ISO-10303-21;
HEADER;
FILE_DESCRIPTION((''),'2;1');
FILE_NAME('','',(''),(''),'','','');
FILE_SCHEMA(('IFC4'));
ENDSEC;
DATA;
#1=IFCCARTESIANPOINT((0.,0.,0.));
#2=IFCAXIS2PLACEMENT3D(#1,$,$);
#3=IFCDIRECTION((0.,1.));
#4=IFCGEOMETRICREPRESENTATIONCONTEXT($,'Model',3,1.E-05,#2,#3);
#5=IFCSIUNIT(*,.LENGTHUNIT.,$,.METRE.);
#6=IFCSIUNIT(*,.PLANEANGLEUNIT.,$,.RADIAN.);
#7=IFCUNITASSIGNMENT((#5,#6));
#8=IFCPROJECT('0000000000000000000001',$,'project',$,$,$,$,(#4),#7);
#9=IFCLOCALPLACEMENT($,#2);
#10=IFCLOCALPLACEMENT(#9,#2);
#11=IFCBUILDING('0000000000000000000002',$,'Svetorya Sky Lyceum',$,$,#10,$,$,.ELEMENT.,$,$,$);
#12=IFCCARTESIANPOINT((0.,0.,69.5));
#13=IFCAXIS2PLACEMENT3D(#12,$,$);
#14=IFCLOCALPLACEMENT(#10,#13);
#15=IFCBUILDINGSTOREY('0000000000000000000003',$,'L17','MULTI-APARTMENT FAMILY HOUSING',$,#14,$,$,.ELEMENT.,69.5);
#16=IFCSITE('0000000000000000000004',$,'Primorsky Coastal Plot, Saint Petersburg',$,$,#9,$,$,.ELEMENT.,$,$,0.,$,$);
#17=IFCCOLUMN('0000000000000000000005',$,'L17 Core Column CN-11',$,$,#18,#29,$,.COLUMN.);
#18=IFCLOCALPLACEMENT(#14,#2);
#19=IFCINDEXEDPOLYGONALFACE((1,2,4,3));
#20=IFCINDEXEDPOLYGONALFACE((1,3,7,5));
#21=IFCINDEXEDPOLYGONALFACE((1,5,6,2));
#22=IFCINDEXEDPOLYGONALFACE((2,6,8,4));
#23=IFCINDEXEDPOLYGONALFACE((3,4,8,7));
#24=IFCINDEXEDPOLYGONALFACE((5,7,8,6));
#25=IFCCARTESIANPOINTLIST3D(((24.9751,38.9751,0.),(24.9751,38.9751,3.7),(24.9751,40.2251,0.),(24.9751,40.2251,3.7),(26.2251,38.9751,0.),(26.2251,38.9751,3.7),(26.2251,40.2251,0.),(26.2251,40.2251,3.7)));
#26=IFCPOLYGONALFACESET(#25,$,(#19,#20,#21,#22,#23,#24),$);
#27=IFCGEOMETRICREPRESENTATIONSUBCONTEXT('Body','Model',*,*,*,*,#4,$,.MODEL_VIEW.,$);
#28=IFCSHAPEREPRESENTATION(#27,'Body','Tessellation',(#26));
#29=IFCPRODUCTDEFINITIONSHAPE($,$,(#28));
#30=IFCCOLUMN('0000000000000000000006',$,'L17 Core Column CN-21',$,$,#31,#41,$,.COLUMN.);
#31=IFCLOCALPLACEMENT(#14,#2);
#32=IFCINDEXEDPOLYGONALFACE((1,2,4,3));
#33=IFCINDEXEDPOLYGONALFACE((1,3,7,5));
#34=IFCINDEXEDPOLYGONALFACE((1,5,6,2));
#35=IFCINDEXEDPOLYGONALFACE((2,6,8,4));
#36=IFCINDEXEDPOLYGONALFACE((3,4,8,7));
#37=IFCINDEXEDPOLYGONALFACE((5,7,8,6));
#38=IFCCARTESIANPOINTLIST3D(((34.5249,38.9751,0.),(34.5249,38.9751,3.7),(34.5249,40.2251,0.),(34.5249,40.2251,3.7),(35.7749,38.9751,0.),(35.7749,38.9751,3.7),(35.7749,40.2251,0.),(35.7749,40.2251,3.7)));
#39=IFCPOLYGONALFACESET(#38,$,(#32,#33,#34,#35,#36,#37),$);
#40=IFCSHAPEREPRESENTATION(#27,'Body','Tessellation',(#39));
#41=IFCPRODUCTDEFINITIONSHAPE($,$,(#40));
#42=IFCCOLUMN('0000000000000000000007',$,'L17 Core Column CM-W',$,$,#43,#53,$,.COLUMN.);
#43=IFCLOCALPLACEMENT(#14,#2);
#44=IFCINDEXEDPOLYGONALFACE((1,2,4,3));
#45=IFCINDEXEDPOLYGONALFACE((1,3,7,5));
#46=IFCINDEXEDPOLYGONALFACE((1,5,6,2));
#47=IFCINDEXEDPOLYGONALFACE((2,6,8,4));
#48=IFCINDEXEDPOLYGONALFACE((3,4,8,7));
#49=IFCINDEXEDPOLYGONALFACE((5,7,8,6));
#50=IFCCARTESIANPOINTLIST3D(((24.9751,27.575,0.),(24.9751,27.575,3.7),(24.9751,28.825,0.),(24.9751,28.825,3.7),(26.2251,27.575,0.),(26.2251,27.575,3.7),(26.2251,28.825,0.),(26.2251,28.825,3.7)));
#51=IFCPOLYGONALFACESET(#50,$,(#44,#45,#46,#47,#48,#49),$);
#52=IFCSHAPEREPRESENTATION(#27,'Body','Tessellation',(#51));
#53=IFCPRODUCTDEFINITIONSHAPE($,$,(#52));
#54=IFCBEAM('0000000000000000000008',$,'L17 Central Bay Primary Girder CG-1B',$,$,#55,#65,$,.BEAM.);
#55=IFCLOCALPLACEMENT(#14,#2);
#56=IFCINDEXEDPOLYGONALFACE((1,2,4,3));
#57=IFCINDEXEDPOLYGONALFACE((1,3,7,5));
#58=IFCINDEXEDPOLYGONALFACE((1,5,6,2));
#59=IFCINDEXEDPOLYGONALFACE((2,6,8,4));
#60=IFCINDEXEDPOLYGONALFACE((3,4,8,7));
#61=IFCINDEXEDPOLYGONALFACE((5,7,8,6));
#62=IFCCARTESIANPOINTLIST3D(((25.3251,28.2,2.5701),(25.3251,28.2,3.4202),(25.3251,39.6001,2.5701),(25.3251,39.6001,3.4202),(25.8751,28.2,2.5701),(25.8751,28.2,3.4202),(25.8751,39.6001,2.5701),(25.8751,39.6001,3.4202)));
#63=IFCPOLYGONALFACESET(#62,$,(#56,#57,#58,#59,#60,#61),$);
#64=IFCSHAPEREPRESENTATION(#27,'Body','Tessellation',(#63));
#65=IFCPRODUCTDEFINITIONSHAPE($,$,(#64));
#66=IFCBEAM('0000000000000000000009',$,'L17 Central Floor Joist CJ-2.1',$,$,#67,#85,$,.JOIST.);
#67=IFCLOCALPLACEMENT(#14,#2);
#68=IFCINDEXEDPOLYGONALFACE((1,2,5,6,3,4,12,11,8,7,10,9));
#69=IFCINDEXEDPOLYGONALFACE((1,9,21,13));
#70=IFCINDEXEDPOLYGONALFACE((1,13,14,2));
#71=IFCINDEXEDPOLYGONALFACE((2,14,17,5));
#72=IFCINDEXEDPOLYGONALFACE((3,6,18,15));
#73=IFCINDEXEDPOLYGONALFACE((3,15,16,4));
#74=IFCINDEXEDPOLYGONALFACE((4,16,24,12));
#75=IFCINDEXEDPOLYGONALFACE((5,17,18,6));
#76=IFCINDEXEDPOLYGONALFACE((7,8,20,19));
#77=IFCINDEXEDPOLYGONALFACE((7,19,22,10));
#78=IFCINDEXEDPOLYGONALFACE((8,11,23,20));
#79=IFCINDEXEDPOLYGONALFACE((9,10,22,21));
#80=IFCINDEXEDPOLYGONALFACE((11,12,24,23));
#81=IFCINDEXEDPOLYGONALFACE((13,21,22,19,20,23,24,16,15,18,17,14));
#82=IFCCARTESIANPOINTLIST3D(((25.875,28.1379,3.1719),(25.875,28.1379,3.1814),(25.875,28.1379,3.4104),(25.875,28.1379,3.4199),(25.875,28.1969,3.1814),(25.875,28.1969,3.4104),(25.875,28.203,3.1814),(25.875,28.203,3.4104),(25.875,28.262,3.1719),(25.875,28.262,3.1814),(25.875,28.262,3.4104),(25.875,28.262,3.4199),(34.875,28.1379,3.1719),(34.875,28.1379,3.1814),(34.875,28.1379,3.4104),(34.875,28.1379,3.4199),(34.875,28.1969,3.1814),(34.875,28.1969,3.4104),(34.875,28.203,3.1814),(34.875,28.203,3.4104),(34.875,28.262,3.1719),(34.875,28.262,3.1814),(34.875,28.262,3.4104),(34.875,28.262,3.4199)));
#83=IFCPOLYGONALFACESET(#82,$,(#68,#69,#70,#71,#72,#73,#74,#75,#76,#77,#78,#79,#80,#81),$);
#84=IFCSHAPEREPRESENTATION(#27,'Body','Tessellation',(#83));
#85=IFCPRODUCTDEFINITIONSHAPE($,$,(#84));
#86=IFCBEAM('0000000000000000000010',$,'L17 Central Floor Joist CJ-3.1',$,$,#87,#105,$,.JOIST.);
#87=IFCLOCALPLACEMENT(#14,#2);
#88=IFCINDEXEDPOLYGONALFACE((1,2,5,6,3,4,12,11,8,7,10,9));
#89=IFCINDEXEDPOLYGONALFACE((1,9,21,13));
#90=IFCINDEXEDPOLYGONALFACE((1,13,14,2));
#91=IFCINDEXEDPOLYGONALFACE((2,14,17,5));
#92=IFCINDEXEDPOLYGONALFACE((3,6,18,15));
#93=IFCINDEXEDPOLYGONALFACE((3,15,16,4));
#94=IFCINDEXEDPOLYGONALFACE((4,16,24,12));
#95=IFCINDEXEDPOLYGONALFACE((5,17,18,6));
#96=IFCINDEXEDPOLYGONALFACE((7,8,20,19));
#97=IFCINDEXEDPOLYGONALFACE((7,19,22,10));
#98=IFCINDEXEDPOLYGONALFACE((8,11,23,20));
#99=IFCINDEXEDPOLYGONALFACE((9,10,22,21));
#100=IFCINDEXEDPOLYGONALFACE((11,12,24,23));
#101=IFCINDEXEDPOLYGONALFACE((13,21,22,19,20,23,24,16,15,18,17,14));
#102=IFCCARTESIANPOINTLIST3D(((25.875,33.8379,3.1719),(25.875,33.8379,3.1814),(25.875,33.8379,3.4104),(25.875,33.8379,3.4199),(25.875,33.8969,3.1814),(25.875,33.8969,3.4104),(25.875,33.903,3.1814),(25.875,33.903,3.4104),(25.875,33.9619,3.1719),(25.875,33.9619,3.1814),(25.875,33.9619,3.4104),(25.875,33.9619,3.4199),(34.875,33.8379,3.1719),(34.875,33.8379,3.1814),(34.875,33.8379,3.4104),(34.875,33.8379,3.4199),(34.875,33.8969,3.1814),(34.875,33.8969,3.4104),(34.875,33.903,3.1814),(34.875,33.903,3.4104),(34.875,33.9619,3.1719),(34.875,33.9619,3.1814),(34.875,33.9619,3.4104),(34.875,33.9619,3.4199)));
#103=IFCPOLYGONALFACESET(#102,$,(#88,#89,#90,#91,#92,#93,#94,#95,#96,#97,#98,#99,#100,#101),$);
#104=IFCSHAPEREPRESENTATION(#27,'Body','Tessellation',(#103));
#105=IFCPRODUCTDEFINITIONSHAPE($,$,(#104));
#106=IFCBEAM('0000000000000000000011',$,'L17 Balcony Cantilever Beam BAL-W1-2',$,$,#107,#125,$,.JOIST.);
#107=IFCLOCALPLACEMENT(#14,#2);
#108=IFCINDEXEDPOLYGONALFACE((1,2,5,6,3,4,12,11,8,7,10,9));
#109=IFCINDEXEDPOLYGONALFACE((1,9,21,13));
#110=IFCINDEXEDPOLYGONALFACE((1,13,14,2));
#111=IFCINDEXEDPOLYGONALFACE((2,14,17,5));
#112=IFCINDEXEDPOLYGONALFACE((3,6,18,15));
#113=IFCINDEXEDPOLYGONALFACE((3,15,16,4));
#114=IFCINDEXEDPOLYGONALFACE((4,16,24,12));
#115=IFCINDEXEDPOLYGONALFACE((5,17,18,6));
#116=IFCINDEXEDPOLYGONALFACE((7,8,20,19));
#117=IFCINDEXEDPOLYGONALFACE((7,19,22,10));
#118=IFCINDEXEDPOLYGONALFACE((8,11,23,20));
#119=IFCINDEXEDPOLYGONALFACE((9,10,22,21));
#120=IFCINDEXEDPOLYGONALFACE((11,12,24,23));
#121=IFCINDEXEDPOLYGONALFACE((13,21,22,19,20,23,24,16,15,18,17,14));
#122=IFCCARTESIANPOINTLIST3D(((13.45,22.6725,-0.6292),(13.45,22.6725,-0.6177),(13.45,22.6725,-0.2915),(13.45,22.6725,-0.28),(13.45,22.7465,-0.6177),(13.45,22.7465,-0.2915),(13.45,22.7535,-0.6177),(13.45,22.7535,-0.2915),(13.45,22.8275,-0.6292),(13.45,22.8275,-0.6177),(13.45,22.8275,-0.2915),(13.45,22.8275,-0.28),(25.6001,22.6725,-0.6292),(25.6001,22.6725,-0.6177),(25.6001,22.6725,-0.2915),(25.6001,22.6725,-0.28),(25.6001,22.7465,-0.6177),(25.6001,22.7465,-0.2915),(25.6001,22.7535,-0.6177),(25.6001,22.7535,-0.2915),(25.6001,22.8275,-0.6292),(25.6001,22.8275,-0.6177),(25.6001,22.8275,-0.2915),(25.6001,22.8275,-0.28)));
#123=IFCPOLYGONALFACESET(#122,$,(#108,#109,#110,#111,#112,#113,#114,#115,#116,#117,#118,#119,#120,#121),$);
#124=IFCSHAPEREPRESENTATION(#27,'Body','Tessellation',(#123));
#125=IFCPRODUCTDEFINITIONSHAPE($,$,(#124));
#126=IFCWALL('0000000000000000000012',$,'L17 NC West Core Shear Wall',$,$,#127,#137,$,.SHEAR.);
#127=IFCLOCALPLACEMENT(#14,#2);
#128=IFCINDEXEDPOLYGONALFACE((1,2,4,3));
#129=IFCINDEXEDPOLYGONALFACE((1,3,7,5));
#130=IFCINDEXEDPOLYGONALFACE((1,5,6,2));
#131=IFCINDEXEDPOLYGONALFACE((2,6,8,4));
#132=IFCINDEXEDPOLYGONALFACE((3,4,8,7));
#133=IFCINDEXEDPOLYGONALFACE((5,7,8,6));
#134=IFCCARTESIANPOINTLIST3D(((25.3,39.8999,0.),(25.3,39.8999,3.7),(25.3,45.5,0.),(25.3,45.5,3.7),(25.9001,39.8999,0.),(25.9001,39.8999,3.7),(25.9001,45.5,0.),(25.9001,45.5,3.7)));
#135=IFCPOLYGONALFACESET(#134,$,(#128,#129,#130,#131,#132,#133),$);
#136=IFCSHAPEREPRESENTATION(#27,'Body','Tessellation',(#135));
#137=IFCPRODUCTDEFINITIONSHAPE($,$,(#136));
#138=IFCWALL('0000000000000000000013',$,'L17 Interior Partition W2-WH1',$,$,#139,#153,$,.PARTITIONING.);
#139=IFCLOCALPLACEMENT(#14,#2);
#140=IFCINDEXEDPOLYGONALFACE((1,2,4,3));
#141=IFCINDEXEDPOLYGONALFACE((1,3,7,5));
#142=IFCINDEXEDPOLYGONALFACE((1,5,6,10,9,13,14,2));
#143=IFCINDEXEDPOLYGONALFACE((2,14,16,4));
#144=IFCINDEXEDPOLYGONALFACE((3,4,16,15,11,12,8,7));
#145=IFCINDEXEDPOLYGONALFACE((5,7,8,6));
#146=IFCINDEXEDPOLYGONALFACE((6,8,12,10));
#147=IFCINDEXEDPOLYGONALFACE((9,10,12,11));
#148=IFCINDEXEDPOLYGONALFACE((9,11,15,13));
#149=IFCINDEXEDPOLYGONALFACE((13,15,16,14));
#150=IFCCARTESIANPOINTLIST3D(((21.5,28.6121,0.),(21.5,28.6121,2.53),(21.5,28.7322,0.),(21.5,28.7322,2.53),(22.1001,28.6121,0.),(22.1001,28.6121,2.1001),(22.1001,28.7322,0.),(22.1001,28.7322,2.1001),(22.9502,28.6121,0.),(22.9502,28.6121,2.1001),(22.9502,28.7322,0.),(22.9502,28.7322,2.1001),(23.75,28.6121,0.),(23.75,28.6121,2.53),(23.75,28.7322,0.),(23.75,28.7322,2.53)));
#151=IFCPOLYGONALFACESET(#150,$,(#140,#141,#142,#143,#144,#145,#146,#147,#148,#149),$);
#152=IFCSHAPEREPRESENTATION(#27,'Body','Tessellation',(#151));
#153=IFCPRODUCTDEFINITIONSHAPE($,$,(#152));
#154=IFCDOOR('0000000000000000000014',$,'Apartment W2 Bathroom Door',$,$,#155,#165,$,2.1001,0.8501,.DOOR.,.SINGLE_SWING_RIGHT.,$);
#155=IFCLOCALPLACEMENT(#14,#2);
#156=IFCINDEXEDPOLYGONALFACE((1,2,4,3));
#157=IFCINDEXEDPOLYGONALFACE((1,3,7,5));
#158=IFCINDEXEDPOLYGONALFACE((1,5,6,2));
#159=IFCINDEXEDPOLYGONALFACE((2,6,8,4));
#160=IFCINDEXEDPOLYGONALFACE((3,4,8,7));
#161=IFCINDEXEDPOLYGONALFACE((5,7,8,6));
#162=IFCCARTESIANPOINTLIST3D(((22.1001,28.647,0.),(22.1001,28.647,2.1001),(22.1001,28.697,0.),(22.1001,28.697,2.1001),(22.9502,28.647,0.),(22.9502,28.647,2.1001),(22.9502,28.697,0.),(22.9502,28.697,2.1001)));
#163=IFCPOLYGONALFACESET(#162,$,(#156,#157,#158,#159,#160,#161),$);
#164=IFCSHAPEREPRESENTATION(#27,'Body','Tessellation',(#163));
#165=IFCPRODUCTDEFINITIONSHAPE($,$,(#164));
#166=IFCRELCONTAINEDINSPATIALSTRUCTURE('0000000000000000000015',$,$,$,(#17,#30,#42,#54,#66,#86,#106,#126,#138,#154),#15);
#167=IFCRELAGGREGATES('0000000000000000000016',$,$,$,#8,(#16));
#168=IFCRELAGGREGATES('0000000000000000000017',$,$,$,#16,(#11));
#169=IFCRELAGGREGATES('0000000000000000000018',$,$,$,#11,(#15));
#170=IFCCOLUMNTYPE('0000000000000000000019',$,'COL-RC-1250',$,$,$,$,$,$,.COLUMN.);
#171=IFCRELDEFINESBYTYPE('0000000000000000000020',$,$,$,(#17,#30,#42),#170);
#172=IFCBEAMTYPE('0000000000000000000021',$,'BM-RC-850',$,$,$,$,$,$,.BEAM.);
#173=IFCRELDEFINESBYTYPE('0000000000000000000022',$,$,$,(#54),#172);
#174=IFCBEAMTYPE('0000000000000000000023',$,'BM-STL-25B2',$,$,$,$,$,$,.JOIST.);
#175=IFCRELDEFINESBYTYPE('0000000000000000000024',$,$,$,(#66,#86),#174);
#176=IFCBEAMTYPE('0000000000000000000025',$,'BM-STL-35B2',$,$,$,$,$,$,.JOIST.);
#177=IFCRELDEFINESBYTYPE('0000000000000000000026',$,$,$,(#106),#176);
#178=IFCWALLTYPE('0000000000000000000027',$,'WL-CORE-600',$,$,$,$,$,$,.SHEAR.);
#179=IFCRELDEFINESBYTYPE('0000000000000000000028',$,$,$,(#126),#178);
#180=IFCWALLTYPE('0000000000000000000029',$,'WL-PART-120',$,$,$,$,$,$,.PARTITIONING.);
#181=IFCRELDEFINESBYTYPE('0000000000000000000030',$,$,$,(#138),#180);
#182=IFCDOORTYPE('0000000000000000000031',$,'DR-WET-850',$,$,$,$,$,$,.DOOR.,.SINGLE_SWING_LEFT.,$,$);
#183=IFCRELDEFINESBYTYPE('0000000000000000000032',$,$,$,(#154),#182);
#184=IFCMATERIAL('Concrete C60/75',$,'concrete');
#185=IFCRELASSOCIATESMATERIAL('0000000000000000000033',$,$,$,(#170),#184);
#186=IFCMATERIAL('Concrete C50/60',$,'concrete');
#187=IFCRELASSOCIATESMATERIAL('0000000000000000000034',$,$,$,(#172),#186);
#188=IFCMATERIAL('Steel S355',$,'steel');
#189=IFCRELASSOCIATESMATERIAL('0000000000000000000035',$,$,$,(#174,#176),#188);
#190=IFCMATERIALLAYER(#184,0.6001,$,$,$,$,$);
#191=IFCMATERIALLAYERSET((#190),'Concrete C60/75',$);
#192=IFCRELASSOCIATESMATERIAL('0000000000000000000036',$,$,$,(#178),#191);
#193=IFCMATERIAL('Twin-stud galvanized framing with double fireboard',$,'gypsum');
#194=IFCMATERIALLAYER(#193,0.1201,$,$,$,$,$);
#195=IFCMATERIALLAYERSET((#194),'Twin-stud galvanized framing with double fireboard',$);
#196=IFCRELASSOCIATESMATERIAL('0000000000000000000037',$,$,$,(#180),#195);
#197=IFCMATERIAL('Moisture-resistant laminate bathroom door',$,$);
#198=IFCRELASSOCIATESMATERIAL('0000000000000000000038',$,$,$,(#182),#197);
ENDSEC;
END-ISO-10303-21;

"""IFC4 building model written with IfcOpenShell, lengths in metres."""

from ifc_helpers import new_model, si_unit, direction, frame, frame_2d, origin, origin_2d, place, context, subcontext, project, spatial, rectangle, i_section, extrude, material, layer, layer_set, material_profile, profile_set, type_object, element, fill, save


model = new_model("IFC4")

# Units and contexts
model_context = context("Model", 3, precision=1e-05, world=origin(), true_north=direction((0.0, 1.0)))
body_context = subcontext(model_context, "Body", "Model", "MODEL_VIEW")
ifc_project = project(units=[si_unit("LENGTHUNIT", "METRE"), si_unit("PLANEANGLEUNIT", "RADIAN")], contexts=[model_context])

# Site, building, storey
site_placement = place(None, origin())
site = spatial("IfcSite", under=ifc_project, at=site_placement, Name="Primorsky Coastal Plot, Saint Petersburg", CompositionType="ELEMENT", RefElevation=0.0)
building_placement = place(site_placement, origin())
building = spatial("IfcBuilding", under=site, at=building_placement, Name="Svetorya Sky Lyceum", CompositionType="ELEMENT")
storey_placement = place(building_placement, frame((0.0, 0.0, 69.5)))
storey = spatial("IfcBuildingStorey", under=building, at=storey_placement, Name="L17", Description="MULTI-APARTMENT FAMILY HOUSING", CompositionType="ELEMENT", Elevation=69.5)

# Columns
ifc_material_1 = material(Name="Concrete C60/75", Category="concrete")
ifc_material_profile_1 = material_profile(ifc_material_1, rectangle(XDim=1.25, YDim=1.25, at=origin_2d()), Name="RC COL 1250x1250")
ifc_profile_set_1 = profile_set([ifc_material_profile_1], Name="Concrete C60/75")
column_type = type_object("IfcColumnType", Name="COL-RC-1250", PredefinedType="COLUMN", material=ifc_profile_set_1)
for number, where, z_axis, x_axis, name in (
    (1, (25.6001, 39.6001, 0.0), (0.0, 0.0, 1.0), (1.0, 0.0, 0.0), "L17 Core Column CN-11"),
    (2, (35.1499, 39.6001, 0.0), (0.0, 0.0, 1.0), (1.0, 0.0, 0.0), "L17 Core Column CN-21"),
    (3, (25.6001, 28.2, 0.0), (0.0, 0.0, 1.0), (1.0, 0.0, 0.0), "L17 Core Column CM-W"),
):
    element("IfcColumn", number, at=place(storey_placement, frame(where, z_axis=z_axis, x_axis=x_axis)), inside=storey, type_object=column_type, Name=name, PredefinedType="COLUMN", context=body_context, shape_type="SweptSolid", body=[
        extrude(rectangle(XDim=1.25, YDim=1.25, at=origin_2d()), origin(), (0.0, 0.0, 1.0), 3.7),
    ])

# Beams
ifc_material_2 = material(Name="Concrete C50/60", Category="concrete")
ifc_material_profile_2 = material_profile(ifc_material_2, rectangle(XDim=0.55, YDim=0.8501, at=origin_2d()), Name="RC BEAM 550x850")
ifc_profile_set_2 = profile_set([ifc_material_profile_2], Name="Concrete C50/60")
beam_type_1 = type_object("IfcBeamType", Name="BM-RC-850", PredefinedType="BEAM", material=ifc_profile_set_2)
beam_1_placement = place(storey_placement, frame((25.6001, 28.2, 2.9951), z_axis=(0.0, 1.0, 0.0), x_axis=(-1.0, 0.0, 0.0)))
element("IfcBeam", 4, at=beam_1_placement, inside=storey, type_object=beam_type_1, Name="L17 Central Bay Primary Girder CG-1B", PredefinedType="BEAM", context=body_context, shape_type="SweptSolid", body=[
    extrude(rectangle(XDim=0.55, YDim=0.8501, at=origin_2d()), origin(), (0.0, 0.0, 1.0), 11.4001),
])
ifc_material_3 = material(Name="Steel S355", Category="steel")
ifc_material_profile_3 = material_profile(ifc_material_3, i_section(OverallWidth=0.124, OverallDepth=0.248, WebThickness=0.0061, FlangeThickness=0.0095, at=origin_2d()), Name="GOST 25B2")
ifc_profile_set_3 = profile_set([ifc_material_profile_3], Name="Steel S355")
beam_type_2 = type_object("IfcBeamType", Name="BM-STL-25B2", PredefinedType="JOIST", material=ifc_profile_set_3)
for number, where, z_axis, x_axis, name in (
    (5, (25.875, 28.2, 3.2959), (1.0, 0.0, 0.0), (0.0, 1.0, 0.0), "L17 Central Floor Joist CJ-2.1"),
    (6, (25.875, 33.8999, 3.2959), (1.0, 0.0, 0.0), (0.0, 1.0, 0.0), "L17 Central Floor Joist CJ-3.1"),
):
    element("IfcBeam", number, at=place(storey_placement, frame(where, z_axis=z_axis, x_axis=x_axis)), inside=storey, type_object=beam_type_2, Name=name, PredefinedType="JOIST", context=body_context, shape_type="SweptSolid", body=[
        extrude(i_section(OverallWidth=0.124, OverallDepth=0.248, WebThickness=0.0061, FlangeThickness=0.0095, at=origin_2d()), origin(), (0.0, 0.0, 1.0), 9.0),
    ])
ifc_material_profile_4 = material_profile(ifc_material_3, i_section(OverallWidth=0.155, OverallDepth=0.3491, WebThickness=0.0071, FlangeThickness=0.0115, at=origin_2d()), Name="GOST 35B2")
ifc_profile_set_4 = profile_set([ifc_material_profile_4], Name="Steel S355")
beam_type_3 = type_object("IfcBeamType", Name="BM-STL-35B2", PredefinedType="JOIST", material=ifc_profile_set_4)
beam_2_placement = place(storey_placement, frame((25.6001, 22.75, -0.4546), z_axis=(-1.0, 0.0, 0.0), x_axis=(0.0, -1.0, 0.0)))
element("IfcBeam", 7, at=beam_2_placement, inside=storey, type_object=beam_type_3, Name="L17 Balcony Cantilever Beam BAL-W1-2", PredefinedType="JOIST", context=body_context, shape_type="SweptSolid", body=[
    extrude(i_section(OverallWidth=0.155, OverallDepth=0.3491, WebThickness=0.0071, FlangeThickness=0.0115, at=origin_2d()), origin(), (0.0, 0.0, 1.0), 12.1501),
])

# Wall
ifc_layer_1 = layer(ifc_material_1, 0.6001)
ifc_layer_set_1 = layer_set([ifc_layer_1], Name="Concrete C60/75")
wall_type_1 = type_object("IfcWallType", Name="WL-CORE-600", PredefinedType="SHEAR", material=ifc_layer_set_1)
wall_1_placement = place(storey_placement, frame((25.6001, 39.8999, 0.0), z_axis=(0.0, 0.0, 1.0), x_axis=(0.0, 1.0, 0.0)))
element("IfcWall", 8, at=wall_1_placement, inside=storey, type_object=wall_type_1, Name="L17 NC West Core Shear Wall", PredefinedType="SHEAR", context=body_context, shape_type="SweptSolid", body=[
    extrude(rectangle(XDim=5.6001, YDim=0.6001, at=frame_2d((2.8, 0.0))), origin(), (0.0, 0.0, 1.0), 3.7),
])

# Wall, opening, door
ifc_material_4 = material(Name="Twin-stud galvanized framing with double fireboard", Category="gypsum")
ifc_layer_2 = layer(ifc_material_4, 0.1201)
ifc_layer_set_2 = layer_set([ifc_layer_2], Name="Twin-stud galvanized framing with double fireboard")
wall_type_2 = type_object("IfcWallType", Name="WL-PART-120", PredefinedType="PARTITIONING", material=ifc_layer_set_2)
wall_2_placement = place(storey_placement, frame((21.5, 28.6721, 0.0), z_axis=(0.0, 0.0, 1.0), x_axis=(1.0, 0.0, 0.0)))
wall_2 = element("IfcWall", 9, at=wall_2_placement, inside=storey, type_object=wall_type_2, Name="L17 Interior Partition W2-WH1", PredefinedType="PARTITIONING", context=body_context, shape_type="SweptSolid", body=[
    extrude(rectangle(XDim=2.25, YDim=0.1201, at=frame_2d((1.125, 0.0))), origin(), (0.0, 0.0, 1.0), 2.53),
])
opening_1_placement = place(wall_2_placement, frame((0.6001, 0.0, 0.0)))
opening_1 = element("IfcOpeningElement", 10, at=opening_1_placement, cuts=wall_2, PredefinedType="OPENING", context=body_context, shape_type="SweptSolid", body=[
    extrude(rectangle(XDim=0.8501, YDim=2.1001, at=frame_2d((0.425, 1.05))), frame((0.0, 0.0701, 0.0), z_axis=(0.0, -1.0, 0.0), x_axis=(1.0, 0.0, 0.0)), (0.0, 0.0, 1.0), 0.1401),
])
ifc_material_5 = material(Name="Moisture-resistant laminate bathroom door")
door_type_1 = type_object("IfcDoorType", Name="DR-WET-850", OperationType="SINGLE_SWING_LEFT", PredefinedType="DOOR", material=ifc_material_5)
door_1_placement = place(opening_1_placement, origin())
door_1 = element("IfcDoor", 11, at=door_1_placement, inside=storey, type_object=door_type_1, Name="Apartment W2 Bathroom Door", OperationType="SINGLE_SWING_RIGHT", OverallHeight=2.1001, OverallWidth=0.8501, PredefinedType="DOOR", context=body_context, shape_type="SweptSolid", body=[
    extrude(rectangle(XDim=0.8501, YDim=2.1001, at=frame_2d((0.425, 1.05))), frame((0.0, 0.0249, 0.0), z_axis=(0.0, -1.0, 0.0), x_axis=(1.0, 0.0, 0.0)), (0.0, 0.0, 1.0), 0.05),
])
fill(opening_1, door_1)

save(model, "model.ifc")
